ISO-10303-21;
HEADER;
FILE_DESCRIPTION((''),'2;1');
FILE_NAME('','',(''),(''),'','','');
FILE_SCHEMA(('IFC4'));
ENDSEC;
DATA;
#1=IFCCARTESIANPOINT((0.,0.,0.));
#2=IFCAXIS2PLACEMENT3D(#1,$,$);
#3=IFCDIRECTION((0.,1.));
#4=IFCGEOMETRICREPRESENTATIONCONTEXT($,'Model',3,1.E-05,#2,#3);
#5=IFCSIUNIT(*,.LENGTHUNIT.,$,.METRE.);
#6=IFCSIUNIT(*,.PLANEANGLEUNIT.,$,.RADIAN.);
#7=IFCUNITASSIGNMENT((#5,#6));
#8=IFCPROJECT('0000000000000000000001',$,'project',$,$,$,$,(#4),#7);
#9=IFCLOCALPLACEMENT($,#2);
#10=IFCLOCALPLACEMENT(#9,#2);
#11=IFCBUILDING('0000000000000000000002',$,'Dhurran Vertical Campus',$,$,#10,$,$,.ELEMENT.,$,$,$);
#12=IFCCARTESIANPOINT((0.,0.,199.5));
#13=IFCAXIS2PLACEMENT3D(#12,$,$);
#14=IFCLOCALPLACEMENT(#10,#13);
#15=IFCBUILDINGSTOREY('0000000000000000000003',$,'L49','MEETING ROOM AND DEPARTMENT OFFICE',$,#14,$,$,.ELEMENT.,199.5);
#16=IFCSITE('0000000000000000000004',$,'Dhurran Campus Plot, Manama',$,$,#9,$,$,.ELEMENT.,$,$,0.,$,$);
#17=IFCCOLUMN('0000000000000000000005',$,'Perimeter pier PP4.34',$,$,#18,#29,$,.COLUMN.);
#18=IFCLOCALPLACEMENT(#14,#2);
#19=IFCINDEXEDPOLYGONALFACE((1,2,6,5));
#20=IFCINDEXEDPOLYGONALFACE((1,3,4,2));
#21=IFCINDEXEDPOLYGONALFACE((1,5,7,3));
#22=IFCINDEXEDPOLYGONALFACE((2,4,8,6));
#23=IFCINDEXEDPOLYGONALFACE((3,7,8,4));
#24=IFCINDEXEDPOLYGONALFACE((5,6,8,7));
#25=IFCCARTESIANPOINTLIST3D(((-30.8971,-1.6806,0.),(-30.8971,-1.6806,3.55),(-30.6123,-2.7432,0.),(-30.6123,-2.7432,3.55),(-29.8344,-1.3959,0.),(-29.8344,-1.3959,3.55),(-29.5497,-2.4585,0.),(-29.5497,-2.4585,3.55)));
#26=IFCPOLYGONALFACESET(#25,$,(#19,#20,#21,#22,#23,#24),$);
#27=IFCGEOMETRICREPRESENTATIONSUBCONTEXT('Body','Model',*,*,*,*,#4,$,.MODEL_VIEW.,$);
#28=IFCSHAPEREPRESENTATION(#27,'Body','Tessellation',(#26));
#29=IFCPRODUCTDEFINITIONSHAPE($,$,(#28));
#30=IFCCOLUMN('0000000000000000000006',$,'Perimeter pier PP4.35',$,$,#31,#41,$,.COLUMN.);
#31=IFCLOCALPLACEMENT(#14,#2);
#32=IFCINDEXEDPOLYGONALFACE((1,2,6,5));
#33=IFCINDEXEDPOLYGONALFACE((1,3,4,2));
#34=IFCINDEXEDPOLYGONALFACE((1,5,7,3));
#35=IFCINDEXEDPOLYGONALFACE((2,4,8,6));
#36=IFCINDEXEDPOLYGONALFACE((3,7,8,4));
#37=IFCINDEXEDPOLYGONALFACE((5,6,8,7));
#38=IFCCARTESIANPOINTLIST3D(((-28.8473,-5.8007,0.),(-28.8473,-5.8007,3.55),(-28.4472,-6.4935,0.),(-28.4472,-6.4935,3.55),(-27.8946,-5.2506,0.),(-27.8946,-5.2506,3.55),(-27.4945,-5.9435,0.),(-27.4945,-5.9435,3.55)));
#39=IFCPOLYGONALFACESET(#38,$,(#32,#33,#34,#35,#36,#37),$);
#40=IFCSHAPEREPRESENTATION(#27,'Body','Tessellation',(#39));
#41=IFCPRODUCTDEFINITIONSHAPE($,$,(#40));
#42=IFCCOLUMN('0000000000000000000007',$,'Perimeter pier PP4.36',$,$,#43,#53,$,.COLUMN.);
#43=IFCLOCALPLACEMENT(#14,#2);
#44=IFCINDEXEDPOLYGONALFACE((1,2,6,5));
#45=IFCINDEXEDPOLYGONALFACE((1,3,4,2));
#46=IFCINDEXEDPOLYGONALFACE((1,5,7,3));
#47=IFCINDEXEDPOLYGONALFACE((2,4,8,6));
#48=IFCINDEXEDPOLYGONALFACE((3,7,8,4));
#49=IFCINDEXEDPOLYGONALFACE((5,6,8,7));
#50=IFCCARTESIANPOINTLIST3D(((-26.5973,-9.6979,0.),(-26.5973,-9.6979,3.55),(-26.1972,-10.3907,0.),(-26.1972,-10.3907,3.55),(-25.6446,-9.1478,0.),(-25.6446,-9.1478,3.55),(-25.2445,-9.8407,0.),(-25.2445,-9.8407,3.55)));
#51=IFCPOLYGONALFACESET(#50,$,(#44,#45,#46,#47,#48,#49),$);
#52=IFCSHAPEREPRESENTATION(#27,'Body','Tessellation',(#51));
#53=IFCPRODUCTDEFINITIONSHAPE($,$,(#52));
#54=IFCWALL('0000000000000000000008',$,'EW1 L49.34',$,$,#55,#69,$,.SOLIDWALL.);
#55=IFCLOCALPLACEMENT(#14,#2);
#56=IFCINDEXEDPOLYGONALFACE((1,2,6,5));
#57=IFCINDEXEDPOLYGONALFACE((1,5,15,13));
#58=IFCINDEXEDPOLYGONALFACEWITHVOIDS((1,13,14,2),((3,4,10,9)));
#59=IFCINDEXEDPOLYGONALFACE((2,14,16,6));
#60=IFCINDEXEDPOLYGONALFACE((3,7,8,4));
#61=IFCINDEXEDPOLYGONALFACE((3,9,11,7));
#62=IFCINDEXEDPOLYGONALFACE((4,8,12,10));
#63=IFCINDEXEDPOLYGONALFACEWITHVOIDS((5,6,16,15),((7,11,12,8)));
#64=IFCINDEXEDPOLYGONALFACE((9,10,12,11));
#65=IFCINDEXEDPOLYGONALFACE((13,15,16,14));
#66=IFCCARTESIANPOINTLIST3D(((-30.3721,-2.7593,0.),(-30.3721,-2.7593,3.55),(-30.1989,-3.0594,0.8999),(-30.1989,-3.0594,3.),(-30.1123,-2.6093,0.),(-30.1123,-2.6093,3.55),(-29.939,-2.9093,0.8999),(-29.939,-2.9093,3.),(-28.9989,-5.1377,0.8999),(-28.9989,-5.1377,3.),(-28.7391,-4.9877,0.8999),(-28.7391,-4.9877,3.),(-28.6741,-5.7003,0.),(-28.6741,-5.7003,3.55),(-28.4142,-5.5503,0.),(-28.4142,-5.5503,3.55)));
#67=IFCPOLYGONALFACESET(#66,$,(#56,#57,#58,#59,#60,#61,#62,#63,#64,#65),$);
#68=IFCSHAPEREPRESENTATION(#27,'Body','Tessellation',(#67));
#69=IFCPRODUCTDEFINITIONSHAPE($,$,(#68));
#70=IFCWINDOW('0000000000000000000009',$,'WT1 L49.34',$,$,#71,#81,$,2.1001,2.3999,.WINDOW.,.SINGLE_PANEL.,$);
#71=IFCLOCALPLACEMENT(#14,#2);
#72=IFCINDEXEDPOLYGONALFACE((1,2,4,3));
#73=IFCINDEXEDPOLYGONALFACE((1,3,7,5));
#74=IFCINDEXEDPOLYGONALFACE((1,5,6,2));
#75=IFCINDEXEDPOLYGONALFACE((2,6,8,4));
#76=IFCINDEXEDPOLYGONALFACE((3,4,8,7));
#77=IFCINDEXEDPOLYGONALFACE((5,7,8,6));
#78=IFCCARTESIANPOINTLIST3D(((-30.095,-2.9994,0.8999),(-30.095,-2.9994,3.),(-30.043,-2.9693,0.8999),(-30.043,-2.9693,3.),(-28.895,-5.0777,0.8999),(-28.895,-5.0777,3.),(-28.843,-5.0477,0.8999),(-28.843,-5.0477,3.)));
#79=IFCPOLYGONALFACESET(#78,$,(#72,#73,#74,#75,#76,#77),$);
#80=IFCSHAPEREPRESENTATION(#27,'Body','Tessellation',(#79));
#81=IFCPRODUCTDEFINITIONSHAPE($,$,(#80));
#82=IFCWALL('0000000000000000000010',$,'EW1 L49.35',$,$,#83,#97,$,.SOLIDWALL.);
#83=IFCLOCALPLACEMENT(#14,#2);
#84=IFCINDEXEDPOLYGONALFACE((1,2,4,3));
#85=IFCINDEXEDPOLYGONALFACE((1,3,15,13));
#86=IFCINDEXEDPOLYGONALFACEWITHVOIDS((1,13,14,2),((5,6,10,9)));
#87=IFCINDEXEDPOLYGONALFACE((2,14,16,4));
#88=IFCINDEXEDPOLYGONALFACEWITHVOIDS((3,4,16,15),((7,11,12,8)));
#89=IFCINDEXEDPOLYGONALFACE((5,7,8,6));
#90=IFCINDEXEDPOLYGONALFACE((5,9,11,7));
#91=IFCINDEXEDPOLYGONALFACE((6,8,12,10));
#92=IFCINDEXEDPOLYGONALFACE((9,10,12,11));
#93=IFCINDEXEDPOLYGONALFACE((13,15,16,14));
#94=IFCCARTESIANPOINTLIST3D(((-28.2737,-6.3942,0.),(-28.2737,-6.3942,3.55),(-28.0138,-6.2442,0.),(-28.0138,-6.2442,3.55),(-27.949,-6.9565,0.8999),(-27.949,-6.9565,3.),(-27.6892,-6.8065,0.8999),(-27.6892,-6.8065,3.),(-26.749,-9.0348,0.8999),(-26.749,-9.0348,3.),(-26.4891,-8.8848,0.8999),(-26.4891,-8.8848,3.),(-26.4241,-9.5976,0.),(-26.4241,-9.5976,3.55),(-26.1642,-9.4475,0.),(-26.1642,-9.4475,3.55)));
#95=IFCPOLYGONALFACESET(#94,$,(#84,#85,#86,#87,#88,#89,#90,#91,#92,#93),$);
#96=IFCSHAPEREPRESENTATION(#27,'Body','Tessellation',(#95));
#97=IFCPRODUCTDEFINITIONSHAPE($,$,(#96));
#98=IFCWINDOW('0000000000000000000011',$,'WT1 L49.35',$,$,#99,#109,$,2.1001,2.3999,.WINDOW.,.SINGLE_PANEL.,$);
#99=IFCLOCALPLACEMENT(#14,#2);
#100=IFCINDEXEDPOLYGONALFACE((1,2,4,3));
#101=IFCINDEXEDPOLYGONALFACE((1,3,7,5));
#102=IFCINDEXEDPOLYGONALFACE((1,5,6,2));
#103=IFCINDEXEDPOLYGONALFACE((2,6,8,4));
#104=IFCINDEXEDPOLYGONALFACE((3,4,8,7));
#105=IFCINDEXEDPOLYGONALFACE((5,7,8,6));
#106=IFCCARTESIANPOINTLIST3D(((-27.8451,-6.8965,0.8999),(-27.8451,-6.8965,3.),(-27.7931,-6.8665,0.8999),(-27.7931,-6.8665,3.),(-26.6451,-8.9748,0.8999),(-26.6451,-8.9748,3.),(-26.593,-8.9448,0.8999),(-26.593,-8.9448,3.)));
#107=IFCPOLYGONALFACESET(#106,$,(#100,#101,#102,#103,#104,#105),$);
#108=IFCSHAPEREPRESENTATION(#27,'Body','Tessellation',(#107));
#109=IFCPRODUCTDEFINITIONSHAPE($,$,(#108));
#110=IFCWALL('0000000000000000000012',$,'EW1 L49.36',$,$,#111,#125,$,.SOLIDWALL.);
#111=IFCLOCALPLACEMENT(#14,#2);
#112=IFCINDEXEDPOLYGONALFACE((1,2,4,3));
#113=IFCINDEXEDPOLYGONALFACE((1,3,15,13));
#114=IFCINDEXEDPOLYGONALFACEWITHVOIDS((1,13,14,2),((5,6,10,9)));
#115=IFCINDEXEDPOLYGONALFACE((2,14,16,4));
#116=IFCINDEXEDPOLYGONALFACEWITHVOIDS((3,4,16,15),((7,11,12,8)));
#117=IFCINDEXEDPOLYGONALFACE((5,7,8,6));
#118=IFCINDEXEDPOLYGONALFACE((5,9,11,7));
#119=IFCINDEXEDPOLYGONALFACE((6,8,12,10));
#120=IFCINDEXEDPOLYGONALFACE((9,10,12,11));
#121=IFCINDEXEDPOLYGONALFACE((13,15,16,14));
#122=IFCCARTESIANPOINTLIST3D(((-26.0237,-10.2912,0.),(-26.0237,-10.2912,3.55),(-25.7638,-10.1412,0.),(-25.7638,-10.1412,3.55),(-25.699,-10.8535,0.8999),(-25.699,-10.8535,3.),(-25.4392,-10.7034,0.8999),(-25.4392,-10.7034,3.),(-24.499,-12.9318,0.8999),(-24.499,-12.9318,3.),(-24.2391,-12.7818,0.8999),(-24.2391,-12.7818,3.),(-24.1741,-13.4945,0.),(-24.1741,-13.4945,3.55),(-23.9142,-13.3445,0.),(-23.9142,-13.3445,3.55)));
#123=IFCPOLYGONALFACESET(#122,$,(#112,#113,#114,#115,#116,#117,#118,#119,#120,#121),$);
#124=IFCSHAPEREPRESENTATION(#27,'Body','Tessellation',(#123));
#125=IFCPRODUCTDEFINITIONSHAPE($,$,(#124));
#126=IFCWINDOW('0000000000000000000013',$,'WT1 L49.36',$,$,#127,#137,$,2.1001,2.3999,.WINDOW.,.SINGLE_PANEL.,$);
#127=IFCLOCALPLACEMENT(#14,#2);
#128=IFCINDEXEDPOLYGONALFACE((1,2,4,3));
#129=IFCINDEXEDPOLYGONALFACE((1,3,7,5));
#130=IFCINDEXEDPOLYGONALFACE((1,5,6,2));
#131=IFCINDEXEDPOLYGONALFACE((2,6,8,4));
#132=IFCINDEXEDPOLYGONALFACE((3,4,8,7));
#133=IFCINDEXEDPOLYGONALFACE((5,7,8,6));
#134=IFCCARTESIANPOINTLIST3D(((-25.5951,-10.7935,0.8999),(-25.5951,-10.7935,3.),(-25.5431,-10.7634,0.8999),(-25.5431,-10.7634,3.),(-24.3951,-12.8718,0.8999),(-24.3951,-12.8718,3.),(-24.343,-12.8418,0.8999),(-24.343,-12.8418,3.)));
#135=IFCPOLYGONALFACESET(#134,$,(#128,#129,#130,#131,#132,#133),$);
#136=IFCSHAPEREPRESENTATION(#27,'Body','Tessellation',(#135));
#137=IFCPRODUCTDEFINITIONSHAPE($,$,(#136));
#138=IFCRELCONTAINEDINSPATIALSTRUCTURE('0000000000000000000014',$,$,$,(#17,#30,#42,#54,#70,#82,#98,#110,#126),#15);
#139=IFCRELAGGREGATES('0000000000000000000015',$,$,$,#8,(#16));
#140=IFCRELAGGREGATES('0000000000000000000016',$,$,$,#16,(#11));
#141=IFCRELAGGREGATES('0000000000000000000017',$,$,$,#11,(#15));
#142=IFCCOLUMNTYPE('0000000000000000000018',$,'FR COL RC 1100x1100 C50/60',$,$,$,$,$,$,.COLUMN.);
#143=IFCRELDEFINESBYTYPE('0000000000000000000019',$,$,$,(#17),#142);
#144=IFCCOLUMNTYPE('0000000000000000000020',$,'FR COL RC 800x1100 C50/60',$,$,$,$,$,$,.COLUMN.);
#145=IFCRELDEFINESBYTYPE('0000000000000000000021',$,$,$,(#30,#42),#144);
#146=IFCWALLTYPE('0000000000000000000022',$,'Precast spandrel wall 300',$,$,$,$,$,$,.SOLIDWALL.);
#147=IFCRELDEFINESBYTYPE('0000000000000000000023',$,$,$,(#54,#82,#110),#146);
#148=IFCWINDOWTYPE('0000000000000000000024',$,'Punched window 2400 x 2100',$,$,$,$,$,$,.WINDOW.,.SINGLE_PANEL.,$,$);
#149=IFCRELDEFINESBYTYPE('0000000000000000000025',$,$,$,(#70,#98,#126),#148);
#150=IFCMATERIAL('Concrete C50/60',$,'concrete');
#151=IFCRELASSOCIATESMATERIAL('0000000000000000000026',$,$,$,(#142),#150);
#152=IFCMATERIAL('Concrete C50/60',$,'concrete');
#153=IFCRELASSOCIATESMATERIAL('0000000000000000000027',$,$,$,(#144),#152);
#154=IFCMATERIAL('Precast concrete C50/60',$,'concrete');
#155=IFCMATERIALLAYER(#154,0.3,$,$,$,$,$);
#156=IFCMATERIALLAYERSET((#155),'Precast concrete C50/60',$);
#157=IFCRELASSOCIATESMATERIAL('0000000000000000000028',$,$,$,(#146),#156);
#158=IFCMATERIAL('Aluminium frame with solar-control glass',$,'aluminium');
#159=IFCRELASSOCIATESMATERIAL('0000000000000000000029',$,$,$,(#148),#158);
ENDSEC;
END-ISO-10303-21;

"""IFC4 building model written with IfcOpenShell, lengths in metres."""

from ifc_helpers import new_model, si_unit, direction, frame, frame_2d, origin, origin_2d, place, context, subcontext, project, spatial, rectangle, extrude, material, layer, layer_set, material_profile, profile_set, type_object, element, fill, save


model = new_model("IFC4")

# Units and contexts
model_context = context("Model", 3, precision=1e-05, world=origin(), true_north=direction((0.0, 1.0)))
body_context = subcontext(model_context, "Body", "Model", "MODEL_VIEW")
ifc_project = project(units=[si_unit("LENGTHUNIT", "METRE"), si_unit("PLANEANGLEUNIT", "RADIAN")], contexts=[model_context])

# Site, building, storey
site_placement = place(None, origin())
site = spatial("IfcSite", under=ifc_project, at=site_placement, Name="Dhurran Campus Plot, Manama", CompositionType="ELEMENT", RefElevation=0.0)
building_placement = place(site_placement, origin())
building = spatial("IfcBuilding", under=site, at=building_placement, Name="Dhurran Vertical Campus", CompositionType="ELEMENT")
storey_placement = place(building_placement, frame((0.0, 0.0, 199.5)))
storey = spatial("IfcBuildingStorey", under=building, at=storey_placement, Name="L49", Description="MEETING ROOM AND DEPARTMENT OFFICE", CompositionType="ELEMENT", Elevation=199.5)

# Columns
ifc_material_1 = material(Name="Concrete C50/60", Category="concrete")
ifc_material_profile_1 = material_profile(ifc_material_1, rectangle(XDim=1.1001, YDim=1.1001, at=origin_2d()), Name="RC 1100x1100")
ifc_profile_set_1 = profile_set([ifc_material_profile_1], Name="Concrete C50/60")
column_type_1 = type_object("IfcColumnType", Name="FR COL RC 1100x1100 C50/60", PredefinedType="COLUMN", material=ifc_profile_set_1)
column_placement = place(storey_placement, frame((-30.2234, -2.0696, 0.0), z_axis=(0.0, 0.0, 1.0), x_axis=(0.258819, -0.965926, 0.0)))
element("IfcColumn", 1, at=column_placement, inside=storey, type_object=column_type_1, Name="Perimeter pier PP4.34", PredefinedType="COLUMN", context=body_context, shape_type="SweptSolid", body=[
    extrude(rectangle(XDim=1.1001, YDim=1.1001, at=origin_2d()), origin(), (0.0, 0.0, 1.0), 3.55),
])
ifc_material_2 = material(Name="Concrete C50/60", Category="concrete")
ifc_material_profile_2 = material_profile(ifc_material_2, rectangle(XDim=0.8, YDim=1.1001, at=origin_2d()), Name="RC 800x1100")
ifc_profile_set_2 = profile_set([ifc_material_profile_2], Name="Concrete C50/60")
column_type_2 = type_object("IfcColumnType", Name="FR COL RC 800x1100 C50/60", PredefinedType="COLUMN", material=ifc_profile_set_2)
for number, where, z_axis, x_axis, name in (
    (2, (-28.1709, -5.8721, 0.0), (0.0, 0.0, 1.0), (0.5, -0.866025, 0.0), "Perimeter pier PP4.35"),
    (3, (-25.9209, -9.7693, 0.0), (0.0, 0.0, 1.0), (0.5, -0.866025, 0.0), "Perimeter pier PP4.36"),
):
    element("IfcColumn", number, at=place(storey_placement, frame(where, z_axis=z_axis, x_axis=x_axis)), inside=storey, type_object=column_type_2, Name=name, PredefinedType="COLUMN", context=body_context, shape_type="SweptSolid", body=[
        extrude(rectangle(XDim=0.8, YDim=1.1001, at=origin_2d()), origin(), (0.0, 0.0, 1.0), 3.55),
    ])

# Walls, openings, windows
ifc_material_3 = material(Name="Precast concrete C50/60", Category="concrete")
ifc_layer_1 = layer(ifc_material_3, 0.3)
ifc_layer_set_1 = layer_set([ifc_layer_1], Name="Precast concrete C50/60")
wall_type_1 = type_object("IfcWallType", Name="Precast spandrel wall 300", PredefinedType="SOLIDWALL", material=ifc_layer_set_1)
wall_1_placement = place(storey_placement, frame((-30.2422, -2.6843, 0.0), z_axis=(0.0, 0.0, 1.0), x_axis=(0.500013, -0.866018, 0.0)))
wall_1 = element("IfcWall", 4, at=wall_1_placement, inside=storey, type_object=wall_type_1, Name="EW1 L49.34", PredefinedType="SOLIDWALL", context=body_context, shape_type="SweptSolid", body=[
    extrude(rectangle(XDim=3.396, YDim=0.3, at=frame_2d((1.698, 0.0))), origin(), (0.0, 0.0, 1.0), 3.55),
])
opening_1_placement = place(wall_1_placement, frame((0.3464, 0.0, 0.8999)))
opening_1 = element("IfcOpeningElement", 5, at=opening_1_placement, cuts=wall_1, PredefinedType="OPENING", context=body_context, shape_type="SweptSolid", body=[
    extrude(rectangle(XDim=2.3999, YDim=2.1001, at=frame_2d((1.2, 1.05))), frame((0.0, 0.1599, 0.0), z_axis=(0.0, -1.0, 0.0), x_axis=(1.0, 0.0, 0.0)), (0.0, 0.0, 1.0), 0.3201),
])
ifc_material_4 = material(Name="Aluminium frame with solar-control glass", Category="aluminium")
window_type = type_object("IfcWindowType", Name="Punched window 2400 x 2100", PartitioningType="SINGLE_PANEL", PredefinedType="WINDOW", material=ifc_material_4)
window_1_placement = place(opening_1_placement, origin())
window_1 = element("IfcWindow", 6, at=window_1_placement, inside=storey, type_object=window_type, Name="WT1 L49.34", OverallHeight=2.1001, OverallWidth=2.3999, PartitioningType="SINGLE_PANEL", PredefinedType="WINDOW", context=body_context, shape_type="SweptSolid", body=[
    extrude(rectangle(XDim=2.3999, YDim=2.1001, at=frame_2d((1.2, 1.05))), frame((0.0, 0.03, 0.0), z_axis=(0.0, -1.0, 0.0), x_axis=(1.0, 0.0, 0.0)), (0.0, 0.0, 1.0), 0.0601),
])
fill(opening_1, window_1)
wall_2_placement = place(storey_placement, frame((-28.1438, -6.3191, 0.0), z_axis=(0.0, 0.0, 1.0), x_axis=(0.500029, -0.866009, 0.0)))
wall_2 = element("IfcWall", 7, at=wall_2_placement, inside=storey, type_object=wall_type_1, Name="EW1 L49.35", PredefinedType="SOLIDWALL", context=body_context, shape_type="SweptSolid", body=[
    extrude(rectangle(XDim=3.699, YDim=0.3, at=frame_2d((1.8496, 0.0))), origin(), (0.0, 0.0, 1.0), 3.55),
])
opening_2_placement = place(wall_2_placement, frame((0.6494, 0.0, 0.8999)))
opening_2 = element("IfcOpeningElement", 8, at=opening_2_placement, cuts=wall_2, PredefinedType="OPENING", context=body_context, shape_type="SweptSolid", body=[
    extrude(rectangle(XDim=2.3999, YDim=2.1001, at=frame_2d((1.2, 1.05))), frame((0.0, 0.1599, 0.0), z_axis=(0.0, -1.0, 0.0), x_axis=(1.0, 0.0, 0.0)), (0.0, 0.0, 1.0), 0.3201),
])
window_2_placement = place(opening_2_placement, origin())
window_2 = element("IfcWindow", 9, at=window_2_placement, inside=storey, type_object=window_type, Name="WT1 L49.35", OverallHeight=2.1001, OverallWidth=2.3999, PartitioningType="SINGLE_PANEL", PredefinedType="WINDOW", context=body_context, shape_type="SweptSolid", body=[
    extrude(rectangle(XDim=2.3999, YDim=2.1001, at=frame_2d((1.2, 1.05))), frame((0.0, 0.03, 0.0), z_axis=(0.0, -1.0, 0.0), x_axis=(1.0, 0.0, 0.0)), (0.0, 0.0, 1.0), 0.0601),
])
fill(opening_2, window_2)
wall_3_placement = place(storey_placement, frame((-25.8938, -10.2161, 0.0), z_axis=(0.0, 0.0, 1.0), x_axis=(0.500029, -0.866009, 0.0)))
wall_3 = element("IfcWall", 10, at=wall_3_placement, inside=storey, type_object=wall_type_1, Name="EW1 L49.36", PredefinedType="SOLIDWALL", context=body_context, shape_type="SweptSolid", body=[
    extrude(rectangle(XDim=3.699, YDim=0.3, at=frame_2d((1.8496, 0.0))), origin(), (0.0, 0.0, 1.0), 3.55),
])
opening_3_placement = place(wall_3_placement, frame((0.6494, 0.0, 0.8999)))
opening_3 = element("IfcOpeningElement", 11, at=opening_3_placement, cuts=wall_3, PredefinedType="OPENING", context=body_context, shape_type="SweptSolid", body=[
    extrude(rectangle(XDim=2.3999, YDim=2.1001, at=frame_2d((1.2, 1.05))), frame((0.0, 0.1599, 0.0), z_axis=(0.0, -1.0, 0.0), x_axis=(1.0, 0.0, 0.0)), (0.0, 0.0, 1.0), 0.3201),
])
window_3_placement = place(opening_3_placement, origin())
window_3 = element("IfcWindow", 12, at=window_3_placement, inside=storey, type_object=window_type, Name="WT1 L49.36", OverallHeight=2.1001, OverallWidth=2.3999, PartitioningType="SINGLE_PANEL", PredefinedType="WINDOW", context=body_context, shape_type="SweptSolid", body=[
    extrude(rectangle(XDim=2.3999, YDim=2.1001, at=frame_2d((1.2, 1.05))), frame((0.0, 0.03, 0.0), z_axis=(0.0, -1.0, 0.0), x_axis=(1.0, 0.0, 0.0)), (0.0, 0.0, 1.0), 0.0601),
])
fill(opening_3, window_3)

save(model, "model.ifc")
